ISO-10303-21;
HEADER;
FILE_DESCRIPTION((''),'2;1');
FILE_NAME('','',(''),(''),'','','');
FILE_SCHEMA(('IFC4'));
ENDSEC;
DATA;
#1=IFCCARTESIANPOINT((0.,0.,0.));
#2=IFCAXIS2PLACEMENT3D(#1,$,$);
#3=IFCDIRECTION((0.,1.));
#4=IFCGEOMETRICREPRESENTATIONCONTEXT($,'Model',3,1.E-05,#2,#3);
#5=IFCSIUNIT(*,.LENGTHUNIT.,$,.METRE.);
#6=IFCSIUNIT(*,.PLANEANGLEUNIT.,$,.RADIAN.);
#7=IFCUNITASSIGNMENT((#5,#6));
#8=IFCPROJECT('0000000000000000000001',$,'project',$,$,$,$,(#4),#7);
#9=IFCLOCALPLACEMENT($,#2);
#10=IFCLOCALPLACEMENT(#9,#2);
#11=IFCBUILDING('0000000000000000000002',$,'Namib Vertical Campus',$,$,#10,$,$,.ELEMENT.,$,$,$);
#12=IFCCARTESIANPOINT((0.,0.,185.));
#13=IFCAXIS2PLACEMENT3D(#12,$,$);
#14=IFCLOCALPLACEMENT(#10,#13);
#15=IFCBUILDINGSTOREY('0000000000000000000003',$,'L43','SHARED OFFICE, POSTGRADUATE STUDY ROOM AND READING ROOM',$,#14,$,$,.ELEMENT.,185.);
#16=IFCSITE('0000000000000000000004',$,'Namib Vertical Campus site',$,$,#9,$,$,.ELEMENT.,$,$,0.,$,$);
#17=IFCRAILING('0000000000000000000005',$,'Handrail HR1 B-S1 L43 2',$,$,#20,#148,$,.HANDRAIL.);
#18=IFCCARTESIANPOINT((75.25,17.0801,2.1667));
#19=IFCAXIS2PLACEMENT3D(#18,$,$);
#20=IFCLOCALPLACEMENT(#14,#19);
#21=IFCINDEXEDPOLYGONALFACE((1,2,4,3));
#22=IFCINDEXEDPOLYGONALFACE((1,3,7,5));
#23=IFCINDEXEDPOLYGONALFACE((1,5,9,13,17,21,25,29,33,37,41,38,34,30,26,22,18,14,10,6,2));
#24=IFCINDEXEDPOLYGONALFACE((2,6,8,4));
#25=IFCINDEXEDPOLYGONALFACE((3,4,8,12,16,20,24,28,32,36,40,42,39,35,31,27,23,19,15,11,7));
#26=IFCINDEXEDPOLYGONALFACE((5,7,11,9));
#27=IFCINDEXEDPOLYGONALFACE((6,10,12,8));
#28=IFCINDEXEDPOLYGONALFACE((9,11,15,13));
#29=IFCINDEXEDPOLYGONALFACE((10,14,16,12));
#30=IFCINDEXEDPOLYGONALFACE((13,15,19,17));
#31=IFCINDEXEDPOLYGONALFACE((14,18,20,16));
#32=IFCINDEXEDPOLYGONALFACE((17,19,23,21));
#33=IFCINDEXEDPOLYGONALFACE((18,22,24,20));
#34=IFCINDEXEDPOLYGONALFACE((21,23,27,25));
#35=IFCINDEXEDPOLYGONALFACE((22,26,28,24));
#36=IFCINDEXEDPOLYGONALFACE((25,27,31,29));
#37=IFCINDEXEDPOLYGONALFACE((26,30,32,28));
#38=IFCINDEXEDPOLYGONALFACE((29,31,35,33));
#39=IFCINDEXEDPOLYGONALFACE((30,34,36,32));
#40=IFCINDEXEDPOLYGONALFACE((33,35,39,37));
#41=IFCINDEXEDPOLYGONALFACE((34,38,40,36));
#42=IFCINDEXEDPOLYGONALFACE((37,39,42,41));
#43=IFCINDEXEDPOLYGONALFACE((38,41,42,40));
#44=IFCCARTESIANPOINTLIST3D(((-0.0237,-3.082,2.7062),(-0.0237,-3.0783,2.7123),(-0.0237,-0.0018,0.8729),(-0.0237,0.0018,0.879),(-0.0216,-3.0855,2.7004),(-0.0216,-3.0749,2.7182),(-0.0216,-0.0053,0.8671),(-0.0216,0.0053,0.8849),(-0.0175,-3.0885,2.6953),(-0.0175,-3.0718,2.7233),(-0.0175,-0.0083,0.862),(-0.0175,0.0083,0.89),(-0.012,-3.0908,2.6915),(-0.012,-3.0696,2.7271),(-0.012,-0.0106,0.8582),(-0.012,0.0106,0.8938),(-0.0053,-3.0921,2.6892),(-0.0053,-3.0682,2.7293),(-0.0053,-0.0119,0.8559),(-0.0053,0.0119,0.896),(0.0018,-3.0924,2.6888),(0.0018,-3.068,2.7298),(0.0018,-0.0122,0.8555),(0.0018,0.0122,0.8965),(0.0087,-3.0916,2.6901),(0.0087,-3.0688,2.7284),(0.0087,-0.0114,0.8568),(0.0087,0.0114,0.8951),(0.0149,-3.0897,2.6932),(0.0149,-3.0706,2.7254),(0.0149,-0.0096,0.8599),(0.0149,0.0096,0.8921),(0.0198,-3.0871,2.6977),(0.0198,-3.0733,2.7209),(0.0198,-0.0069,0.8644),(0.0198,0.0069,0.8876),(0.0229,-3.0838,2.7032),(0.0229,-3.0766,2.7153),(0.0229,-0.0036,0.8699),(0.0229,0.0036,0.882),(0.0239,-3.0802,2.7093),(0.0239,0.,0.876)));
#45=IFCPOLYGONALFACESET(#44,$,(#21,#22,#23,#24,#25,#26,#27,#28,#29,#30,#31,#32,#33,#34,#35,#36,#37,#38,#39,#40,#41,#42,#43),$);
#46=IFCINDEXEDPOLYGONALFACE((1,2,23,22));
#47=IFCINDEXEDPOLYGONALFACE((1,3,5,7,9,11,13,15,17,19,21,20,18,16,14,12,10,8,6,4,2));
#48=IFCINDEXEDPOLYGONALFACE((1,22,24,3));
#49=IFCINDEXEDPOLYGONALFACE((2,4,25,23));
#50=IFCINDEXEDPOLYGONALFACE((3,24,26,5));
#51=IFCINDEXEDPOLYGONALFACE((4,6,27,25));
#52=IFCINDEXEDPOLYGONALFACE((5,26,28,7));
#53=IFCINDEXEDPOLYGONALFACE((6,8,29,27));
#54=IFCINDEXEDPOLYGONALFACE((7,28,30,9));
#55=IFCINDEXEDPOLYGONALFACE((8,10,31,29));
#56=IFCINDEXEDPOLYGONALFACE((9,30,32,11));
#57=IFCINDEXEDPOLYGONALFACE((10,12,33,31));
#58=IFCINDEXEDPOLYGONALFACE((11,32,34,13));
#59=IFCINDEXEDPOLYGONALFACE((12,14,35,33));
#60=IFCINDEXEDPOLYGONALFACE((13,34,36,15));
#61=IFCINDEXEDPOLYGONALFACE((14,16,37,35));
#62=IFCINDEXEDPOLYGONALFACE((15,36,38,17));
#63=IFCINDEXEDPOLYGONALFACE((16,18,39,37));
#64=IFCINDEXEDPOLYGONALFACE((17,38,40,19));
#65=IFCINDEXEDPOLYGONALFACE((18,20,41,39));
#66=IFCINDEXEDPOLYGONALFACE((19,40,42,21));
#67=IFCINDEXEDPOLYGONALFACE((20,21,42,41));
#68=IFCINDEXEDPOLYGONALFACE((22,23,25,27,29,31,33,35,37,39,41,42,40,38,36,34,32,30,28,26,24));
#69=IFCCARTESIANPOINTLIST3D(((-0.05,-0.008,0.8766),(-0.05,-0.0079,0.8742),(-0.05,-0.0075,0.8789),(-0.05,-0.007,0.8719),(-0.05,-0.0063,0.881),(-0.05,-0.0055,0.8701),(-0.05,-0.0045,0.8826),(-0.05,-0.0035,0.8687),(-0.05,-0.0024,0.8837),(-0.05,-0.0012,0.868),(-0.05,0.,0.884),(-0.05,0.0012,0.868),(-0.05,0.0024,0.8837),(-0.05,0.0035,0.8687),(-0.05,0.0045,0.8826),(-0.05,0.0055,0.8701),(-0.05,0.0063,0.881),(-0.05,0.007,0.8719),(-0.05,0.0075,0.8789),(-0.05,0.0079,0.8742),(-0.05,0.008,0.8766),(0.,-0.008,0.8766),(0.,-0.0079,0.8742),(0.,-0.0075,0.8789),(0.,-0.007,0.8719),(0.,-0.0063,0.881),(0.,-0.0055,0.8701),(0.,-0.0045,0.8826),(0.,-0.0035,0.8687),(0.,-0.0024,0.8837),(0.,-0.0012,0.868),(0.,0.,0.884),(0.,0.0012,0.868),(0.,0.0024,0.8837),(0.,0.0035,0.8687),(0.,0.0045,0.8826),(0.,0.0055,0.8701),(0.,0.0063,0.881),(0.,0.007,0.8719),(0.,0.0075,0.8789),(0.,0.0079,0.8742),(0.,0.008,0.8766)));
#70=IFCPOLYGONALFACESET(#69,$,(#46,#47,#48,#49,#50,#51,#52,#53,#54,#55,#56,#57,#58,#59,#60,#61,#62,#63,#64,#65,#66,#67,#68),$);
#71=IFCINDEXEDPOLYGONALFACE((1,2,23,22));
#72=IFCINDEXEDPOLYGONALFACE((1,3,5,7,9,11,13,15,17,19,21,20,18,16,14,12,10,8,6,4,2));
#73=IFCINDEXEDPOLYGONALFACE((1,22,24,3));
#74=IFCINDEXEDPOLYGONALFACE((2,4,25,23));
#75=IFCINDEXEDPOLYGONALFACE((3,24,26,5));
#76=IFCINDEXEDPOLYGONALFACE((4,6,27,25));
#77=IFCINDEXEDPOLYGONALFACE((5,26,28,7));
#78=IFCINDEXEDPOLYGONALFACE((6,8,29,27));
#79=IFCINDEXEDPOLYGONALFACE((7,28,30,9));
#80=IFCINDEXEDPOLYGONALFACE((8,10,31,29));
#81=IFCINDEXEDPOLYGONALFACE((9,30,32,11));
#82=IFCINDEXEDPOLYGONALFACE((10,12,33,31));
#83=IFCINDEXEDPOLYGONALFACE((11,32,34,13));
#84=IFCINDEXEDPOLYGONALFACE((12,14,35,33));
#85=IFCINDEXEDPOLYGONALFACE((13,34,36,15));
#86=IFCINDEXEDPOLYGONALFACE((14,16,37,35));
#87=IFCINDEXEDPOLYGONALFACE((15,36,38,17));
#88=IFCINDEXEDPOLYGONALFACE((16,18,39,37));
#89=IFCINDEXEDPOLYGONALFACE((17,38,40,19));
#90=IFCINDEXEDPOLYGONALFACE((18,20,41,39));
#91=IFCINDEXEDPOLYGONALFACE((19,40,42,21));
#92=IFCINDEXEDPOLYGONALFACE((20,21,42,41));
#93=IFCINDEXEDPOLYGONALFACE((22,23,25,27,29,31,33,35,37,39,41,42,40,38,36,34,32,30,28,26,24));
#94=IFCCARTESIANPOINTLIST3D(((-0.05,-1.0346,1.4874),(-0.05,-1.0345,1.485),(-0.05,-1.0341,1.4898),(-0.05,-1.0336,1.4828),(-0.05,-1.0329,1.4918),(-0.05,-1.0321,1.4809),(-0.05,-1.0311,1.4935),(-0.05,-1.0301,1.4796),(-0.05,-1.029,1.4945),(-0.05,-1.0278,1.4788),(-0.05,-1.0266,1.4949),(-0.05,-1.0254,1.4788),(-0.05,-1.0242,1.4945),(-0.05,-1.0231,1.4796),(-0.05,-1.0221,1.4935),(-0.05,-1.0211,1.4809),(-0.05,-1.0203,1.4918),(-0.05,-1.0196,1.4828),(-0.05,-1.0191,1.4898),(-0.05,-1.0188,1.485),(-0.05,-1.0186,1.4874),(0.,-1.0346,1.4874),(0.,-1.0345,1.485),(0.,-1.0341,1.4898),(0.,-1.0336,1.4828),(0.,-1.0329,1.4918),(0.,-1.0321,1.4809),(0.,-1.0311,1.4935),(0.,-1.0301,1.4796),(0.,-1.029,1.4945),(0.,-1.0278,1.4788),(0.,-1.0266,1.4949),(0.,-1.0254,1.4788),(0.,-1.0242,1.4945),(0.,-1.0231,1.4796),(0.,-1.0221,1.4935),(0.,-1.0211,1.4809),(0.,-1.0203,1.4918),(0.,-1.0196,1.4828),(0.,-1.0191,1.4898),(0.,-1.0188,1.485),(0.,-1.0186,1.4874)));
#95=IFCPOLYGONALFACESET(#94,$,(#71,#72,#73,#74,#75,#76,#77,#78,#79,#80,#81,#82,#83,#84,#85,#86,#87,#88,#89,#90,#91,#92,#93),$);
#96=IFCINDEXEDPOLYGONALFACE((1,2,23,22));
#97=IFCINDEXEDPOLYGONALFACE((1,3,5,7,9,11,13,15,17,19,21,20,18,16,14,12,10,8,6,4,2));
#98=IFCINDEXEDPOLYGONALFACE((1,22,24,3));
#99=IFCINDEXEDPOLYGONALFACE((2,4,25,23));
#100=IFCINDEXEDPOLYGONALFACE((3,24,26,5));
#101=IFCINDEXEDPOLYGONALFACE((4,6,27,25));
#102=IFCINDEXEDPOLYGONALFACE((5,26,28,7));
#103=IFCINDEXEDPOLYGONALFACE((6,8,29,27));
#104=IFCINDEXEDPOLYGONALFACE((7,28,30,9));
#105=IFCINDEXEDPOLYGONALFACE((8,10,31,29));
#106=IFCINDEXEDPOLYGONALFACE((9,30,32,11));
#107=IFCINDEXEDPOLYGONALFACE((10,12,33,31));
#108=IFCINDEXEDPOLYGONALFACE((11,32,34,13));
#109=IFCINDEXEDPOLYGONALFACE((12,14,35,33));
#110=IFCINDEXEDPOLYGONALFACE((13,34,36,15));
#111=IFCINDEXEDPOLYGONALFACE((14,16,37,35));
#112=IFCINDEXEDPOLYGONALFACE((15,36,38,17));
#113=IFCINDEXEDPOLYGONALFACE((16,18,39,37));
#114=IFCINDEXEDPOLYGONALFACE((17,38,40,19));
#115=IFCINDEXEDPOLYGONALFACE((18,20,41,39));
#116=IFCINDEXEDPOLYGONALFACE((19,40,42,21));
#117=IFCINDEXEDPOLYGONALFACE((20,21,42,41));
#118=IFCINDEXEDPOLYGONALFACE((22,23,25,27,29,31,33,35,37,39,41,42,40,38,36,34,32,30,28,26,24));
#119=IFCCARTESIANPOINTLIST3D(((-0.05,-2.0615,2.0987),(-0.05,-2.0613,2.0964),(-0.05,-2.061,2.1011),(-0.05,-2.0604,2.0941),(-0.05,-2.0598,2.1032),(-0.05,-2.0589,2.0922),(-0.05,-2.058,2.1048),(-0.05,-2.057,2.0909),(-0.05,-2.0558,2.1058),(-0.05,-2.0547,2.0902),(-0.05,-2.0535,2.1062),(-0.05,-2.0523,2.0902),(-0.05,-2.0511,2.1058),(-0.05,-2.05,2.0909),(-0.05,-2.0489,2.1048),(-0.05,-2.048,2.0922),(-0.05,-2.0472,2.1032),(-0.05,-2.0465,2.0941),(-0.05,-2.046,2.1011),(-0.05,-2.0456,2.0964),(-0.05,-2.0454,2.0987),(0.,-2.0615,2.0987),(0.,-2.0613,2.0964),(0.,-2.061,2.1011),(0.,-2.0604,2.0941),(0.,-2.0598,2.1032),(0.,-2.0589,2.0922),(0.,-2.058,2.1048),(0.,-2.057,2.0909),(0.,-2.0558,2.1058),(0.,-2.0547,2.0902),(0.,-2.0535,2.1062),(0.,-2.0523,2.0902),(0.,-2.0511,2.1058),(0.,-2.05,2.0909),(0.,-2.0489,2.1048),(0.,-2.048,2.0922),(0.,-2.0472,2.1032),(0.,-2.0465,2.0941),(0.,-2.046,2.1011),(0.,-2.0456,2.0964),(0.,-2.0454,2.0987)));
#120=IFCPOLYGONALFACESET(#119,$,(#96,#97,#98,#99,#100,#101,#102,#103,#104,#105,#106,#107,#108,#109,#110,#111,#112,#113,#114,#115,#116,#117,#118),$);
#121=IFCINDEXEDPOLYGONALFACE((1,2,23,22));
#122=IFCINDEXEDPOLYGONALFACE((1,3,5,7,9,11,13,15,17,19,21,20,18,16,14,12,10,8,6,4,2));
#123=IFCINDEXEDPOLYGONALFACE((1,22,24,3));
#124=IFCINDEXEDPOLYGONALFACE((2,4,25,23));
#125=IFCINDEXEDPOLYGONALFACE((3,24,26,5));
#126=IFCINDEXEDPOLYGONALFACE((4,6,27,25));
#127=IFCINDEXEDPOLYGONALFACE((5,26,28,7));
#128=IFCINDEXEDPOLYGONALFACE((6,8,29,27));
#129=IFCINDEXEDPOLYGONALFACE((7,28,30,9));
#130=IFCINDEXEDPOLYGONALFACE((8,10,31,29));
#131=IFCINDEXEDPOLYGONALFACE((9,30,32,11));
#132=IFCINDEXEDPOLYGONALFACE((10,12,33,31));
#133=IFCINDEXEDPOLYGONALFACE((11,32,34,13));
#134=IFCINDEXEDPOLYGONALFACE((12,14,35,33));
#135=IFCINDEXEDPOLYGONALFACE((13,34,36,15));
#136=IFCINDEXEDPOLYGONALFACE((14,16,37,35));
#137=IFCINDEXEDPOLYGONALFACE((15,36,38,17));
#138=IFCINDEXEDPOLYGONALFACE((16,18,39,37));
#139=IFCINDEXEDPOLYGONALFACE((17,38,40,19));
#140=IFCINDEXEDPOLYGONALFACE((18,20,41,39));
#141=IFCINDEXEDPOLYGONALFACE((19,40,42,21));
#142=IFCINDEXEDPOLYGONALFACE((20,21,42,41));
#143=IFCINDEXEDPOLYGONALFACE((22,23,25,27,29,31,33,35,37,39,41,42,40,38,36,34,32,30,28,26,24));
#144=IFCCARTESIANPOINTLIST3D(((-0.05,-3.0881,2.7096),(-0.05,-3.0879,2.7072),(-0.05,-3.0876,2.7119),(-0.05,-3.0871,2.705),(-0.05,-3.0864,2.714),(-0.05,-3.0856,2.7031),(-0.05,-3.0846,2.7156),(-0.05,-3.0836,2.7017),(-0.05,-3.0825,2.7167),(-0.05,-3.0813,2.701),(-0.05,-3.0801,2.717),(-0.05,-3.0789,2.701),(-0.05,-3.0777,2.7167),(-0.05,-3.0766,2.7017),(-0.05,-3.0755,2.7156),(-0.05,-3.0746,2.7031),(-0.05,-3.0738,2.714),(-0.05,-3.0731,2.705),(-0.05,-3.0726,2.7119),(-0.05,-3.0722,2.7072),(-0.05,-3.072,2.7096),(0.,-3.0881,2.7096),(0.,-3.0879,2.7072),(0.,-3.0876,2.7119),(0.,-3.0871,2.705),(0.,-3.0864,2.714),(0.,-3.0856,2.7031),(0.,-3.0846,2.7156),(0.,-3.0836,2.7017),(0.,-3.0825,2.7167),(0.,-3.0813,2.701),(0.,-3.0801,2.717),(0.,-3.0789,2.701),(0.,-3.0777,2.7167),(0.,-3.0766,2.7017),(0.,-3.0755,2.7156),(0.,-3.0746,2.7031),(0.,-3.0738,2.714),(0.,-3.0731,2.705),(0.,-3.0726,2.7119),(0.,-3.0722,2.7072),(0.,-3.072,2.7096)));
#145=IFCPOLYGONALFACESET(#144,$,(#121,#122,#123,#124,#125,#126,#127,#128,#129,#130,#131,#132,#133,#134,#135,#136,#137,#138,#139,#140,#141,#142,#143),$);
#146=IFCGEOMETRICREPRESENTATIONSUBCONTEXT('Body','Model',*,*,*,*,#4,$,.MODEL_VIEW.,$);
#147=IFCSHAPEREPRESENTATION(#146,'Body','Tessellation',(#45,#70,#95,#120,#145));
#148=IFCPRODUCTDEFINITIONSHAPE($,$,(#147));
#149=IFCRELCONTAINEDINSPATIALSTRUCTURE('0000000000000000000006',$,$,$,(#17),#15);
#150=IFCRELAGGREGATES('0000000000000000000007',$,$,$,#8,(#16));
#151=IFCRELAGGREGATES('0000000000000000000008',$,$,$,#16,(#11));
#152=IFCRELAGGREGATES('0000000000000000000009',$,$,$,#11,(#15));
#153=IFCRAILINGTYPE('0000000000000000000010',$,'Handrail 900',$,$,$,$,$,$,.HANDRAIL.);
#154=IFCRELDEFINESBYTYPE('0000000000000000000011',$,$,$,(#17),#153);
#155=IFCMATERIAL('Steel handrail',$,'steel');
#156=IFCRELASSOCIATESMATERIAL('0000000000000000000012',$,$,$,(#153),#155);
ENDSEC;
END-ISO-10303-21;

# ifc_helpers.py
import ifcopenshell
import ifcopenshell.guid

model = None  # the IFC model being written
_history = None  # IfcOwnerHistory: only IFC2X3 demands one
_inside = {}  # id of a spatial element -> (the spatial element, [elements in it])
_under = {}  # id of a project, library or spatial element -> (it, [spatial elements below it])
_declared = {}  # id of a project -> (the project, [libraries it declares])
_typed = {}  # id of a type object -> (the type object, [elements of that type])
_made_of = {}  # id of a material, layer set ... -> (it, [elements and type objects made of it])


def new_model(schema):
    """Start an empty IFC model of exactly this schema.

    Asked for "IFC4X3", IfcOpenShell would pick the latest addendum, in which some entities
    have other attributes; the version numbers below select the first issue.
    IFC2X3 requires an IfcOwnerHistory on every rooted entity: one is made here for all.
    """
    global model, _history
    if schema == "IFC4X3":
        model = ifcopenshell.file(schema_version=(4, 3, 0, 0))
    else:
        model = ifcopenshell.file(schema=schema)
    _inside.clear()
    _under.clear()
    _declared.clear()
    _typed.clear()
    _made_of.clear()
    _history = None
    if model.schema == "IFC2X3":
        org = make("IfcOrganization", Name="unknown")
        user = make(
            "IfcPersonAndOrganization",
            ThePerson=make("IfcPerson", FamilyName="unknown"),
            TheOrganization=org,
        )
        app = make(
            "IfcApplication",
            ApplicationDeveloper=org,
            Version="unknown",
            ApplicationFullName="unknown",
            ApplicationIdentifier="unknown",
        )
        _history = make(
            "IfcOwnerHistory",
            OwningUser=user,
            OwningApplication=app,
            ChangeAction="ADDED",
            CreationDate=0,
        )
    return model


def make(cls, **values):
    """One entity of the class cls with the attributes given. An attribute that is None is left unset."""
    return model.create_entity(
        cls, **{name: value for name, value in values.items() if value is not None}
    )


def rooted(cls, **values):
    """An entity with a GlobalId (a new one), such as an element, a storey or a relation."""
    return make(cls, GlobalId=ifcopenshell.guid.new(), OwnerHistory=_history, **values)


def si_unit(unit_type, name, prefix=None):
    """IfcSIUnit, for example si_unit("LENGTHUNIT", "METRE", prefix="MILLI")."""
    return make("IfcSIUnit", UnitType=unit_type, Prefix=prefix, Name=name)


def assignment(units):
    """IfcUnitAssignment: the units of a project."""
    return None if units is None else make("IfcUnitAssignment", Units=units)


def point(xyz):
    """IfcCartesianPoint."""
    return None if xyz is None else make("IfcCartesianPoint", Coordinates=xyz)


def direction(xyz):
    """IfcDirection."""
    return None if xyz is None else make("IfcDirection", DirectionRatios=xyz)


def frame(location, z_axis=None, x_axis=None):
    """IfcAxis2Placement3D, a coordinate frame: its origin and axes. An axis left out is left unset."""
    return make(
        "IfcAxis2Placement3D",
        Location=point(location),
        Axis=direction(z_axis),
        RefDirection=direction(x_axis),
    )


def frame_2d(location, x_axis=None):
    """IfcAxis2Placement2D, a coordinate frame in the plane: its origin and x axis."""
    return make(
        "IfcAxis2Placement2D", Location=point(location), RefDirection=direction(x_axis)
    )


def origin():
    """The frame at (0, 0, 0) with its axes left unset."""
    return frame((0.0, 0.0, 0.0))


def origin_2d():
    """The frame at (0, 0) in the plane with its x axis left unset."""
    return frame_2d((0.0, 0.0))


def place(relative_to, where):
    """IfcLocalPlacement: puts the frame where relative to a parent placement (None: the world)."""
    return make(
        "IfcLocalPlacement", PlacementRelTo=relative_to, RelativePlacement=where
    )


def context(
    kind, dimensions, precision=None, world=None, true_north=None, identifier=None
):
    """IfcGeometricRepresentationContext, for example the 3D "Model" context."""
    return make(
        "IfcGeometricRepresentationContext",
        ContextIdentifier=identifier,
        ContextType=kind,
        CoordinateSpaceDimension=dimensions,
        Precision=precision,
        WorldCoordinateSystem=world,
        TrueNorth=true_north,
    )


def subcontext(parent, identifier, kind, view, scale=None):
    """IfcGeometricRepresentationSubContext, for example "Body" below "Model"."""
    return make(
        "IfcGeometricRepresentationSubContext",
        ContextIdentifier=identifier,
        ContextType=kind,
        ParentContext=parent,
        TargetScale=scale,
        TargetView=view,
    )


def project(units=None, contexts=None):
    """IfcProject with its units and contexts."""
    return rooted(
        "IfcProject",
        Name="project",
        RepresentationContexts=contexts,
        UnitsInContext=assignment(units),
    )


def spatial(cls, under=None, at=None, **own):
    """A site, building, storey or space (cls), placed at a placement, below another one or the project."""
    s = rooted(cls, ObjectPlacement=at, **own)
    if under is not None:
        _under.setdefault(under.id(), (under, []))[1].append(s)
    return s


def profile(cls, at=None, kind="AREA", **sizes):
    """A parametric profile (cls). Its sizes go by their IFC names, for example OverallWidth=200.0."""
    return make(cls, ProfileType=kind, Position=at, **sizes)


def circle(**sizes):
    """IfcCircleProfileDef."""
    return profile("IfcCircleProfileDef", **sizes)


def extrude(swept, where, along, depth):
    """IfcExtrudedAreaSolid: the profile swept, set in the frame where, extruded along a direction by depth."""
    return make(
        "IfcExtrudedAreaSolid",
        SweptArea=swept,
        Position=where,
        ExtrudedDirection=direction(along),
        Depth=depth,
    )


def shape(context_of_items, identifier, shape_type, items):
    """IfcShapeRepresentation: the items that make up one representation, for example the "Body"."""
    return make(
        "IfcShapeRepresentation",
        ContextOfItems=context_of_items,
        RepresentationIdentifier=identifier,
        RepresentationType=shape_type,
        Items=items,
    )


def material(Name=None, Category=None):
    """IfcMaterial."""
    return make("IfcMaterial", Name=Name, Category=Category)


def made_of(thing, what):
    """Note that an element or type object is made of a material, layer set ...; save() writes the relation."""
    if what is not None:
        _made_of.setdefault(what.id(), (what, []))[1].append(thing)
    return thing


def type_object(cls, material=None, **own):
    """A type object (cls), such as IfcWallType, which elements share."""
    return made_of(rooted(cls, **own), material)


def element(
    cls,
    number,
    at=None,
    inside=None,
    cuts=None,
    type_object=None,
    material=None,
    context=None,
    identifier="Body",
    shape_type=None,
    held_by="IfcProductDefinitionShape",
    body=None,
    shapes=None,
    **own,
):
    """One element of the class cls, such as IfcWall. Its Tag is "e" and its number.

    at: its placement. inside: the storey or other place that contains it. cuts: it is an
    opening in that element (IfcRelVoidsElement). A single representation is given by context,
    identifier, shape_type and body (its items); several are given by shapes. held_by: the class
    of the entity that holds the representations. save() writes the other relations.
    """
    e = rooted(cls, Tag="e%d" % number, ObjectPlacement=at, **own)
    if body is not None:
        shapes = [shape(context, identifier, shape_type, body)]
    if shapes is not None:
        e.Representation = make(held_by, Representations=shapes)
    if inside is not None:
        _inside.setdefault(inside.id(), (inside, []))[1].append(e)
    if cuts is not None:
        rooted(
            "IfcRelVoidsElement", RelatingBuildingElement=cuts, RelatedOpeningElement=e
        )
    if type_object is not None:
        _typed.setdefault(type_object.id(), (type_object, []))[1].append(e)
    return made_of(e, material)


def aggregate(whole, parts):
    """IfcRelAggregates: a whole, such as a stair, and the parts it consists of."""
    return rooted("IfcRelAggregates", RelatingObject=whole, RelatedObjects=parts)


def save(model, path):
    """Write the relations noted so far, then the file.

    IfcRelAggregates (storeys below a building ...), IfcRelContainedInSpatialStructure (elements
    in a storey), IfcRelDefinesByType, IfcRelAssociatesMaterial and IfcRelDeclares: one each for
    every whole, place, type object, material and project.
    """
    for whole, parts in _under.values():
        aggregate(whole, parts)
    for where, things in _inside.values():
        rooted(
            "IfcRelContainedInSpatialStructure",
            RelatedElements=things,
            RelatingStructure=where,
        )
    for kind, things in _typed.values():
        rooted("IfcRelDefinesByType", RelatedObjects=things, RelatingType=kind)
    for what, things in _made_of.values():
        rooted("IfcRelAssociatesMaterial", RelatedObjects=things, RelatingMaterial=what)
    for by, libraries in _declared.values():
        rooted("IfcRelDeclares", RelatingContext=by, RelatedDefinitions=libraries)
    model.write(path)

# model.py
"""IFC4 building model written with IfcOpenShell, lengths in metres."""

from ifc_helpers import new_model, si_unit, direction, frame, origin, origin_2d, place, context, subcontext, project, spatial, circle, extrude, material, type_object, element, save


model = new_model("IFC4")

# Units and contexts
model_context = context("Model", 3, precision=1e-05, world=origin(), true_north=direction((0.0, 1.0)))
body_context = subcontext(model_context, "Body", "Model", "MODEL_VIEW")
ifc_project = project(units=[si_unit("LENGTHUNIT", "METRE"), si_unit("PLANEANGLEUNIT", "RADIAN")], contexts=[model_context])

# Site, building, storey
site_placement = place(None, origin())
site = spatial("IfcSite", under=ifc_project, at=site_placement, Name="Namib Vertical Campus site", CompositionType="ELEMENT", RefElevation=0.0)
building_placement = place(site_placement, origin())
building = spatial("IfcBuilding", under=site, at=building_placement, Name="Namib Vertical Campus", CompositionType="ELEMENT")
storey_placement = place(building_placement, frame((0.0, 0.0, 185.0)))
storey = spatial("IfcBuildingStorey", under=building, at=storey_placement, Name="L43", Description="SHARED OFFICE, POSTGRADUATE STUDY ROOM AND READING ROOM", CompositionType="ELEMENT", Elevation=185.0)

# Railing
ifc_material_1 = material(Name="Steel handrail", Category="steel")
railing_type_1 = type_object("IfcRailingType", Name="Handrail 900", PredefinedType="HANDRAIL", material=ifc_material_1)
railing_1_placement = place(storey_placement, frame((75.25, 17.0801, 2.1667)))
element("IfcRailing", 1, at=railing_1_placement, inside=storey, type_object=railing_type_1, Name="Handrail HR1 B-S1 L43 2", PredefinedType="HANDRAIL", context=body_context, shape_type="SweptSolid", body=[
    extrude(circle(Radius=0.0239, at=origin_2d()), frame((0.0, 0.0, 0.876), z_axis=(0.0, -0.859309, 0.511458), x_axis=(1.0, 0.0, 0.0)), (0.0, 0.0, 1.0), 3.5845),
    extrude(circle(Radius=0.0081, at=origin_2d()), frame((0.0, 0.0, 0.876), z_axis=(-1.0, 0.0, 0.0), x_axis=(0.0, 0.0, 1.0)), (0.0, 0.0, 1.0), 0.05),
    extrude(circle(Radius=0.0081, at=origin_2d()), frame((0.0, -1.0266, 1.4868), z_axis=(-1.0, 0.0, 0.0), x_axis=(0.0, 0.0, 1.0)), (0.0, 0.0, 1.0), 0.05),
    extrude(circle(Radius=0.0081, at=origin_2d()), frame((0.0, -2.0535, 2.0981), z_axis=(-1.0, 0.0, 0.0), x_axis=(0.0, 0.0, 1.0)), (0.0, 0.0, 1.0), 0.05),
    extrude(circle(Radius=0.0081, at=origin_2d()), frame((0.0, -3.0801, 2.709), z_axis=(-1.0, 0.0, 0.0), x_axis=(0.0, 0.0, 1.0)), (0.0, 0.0, 1.0), 0.05),
])

save(model, "model.ifc")
